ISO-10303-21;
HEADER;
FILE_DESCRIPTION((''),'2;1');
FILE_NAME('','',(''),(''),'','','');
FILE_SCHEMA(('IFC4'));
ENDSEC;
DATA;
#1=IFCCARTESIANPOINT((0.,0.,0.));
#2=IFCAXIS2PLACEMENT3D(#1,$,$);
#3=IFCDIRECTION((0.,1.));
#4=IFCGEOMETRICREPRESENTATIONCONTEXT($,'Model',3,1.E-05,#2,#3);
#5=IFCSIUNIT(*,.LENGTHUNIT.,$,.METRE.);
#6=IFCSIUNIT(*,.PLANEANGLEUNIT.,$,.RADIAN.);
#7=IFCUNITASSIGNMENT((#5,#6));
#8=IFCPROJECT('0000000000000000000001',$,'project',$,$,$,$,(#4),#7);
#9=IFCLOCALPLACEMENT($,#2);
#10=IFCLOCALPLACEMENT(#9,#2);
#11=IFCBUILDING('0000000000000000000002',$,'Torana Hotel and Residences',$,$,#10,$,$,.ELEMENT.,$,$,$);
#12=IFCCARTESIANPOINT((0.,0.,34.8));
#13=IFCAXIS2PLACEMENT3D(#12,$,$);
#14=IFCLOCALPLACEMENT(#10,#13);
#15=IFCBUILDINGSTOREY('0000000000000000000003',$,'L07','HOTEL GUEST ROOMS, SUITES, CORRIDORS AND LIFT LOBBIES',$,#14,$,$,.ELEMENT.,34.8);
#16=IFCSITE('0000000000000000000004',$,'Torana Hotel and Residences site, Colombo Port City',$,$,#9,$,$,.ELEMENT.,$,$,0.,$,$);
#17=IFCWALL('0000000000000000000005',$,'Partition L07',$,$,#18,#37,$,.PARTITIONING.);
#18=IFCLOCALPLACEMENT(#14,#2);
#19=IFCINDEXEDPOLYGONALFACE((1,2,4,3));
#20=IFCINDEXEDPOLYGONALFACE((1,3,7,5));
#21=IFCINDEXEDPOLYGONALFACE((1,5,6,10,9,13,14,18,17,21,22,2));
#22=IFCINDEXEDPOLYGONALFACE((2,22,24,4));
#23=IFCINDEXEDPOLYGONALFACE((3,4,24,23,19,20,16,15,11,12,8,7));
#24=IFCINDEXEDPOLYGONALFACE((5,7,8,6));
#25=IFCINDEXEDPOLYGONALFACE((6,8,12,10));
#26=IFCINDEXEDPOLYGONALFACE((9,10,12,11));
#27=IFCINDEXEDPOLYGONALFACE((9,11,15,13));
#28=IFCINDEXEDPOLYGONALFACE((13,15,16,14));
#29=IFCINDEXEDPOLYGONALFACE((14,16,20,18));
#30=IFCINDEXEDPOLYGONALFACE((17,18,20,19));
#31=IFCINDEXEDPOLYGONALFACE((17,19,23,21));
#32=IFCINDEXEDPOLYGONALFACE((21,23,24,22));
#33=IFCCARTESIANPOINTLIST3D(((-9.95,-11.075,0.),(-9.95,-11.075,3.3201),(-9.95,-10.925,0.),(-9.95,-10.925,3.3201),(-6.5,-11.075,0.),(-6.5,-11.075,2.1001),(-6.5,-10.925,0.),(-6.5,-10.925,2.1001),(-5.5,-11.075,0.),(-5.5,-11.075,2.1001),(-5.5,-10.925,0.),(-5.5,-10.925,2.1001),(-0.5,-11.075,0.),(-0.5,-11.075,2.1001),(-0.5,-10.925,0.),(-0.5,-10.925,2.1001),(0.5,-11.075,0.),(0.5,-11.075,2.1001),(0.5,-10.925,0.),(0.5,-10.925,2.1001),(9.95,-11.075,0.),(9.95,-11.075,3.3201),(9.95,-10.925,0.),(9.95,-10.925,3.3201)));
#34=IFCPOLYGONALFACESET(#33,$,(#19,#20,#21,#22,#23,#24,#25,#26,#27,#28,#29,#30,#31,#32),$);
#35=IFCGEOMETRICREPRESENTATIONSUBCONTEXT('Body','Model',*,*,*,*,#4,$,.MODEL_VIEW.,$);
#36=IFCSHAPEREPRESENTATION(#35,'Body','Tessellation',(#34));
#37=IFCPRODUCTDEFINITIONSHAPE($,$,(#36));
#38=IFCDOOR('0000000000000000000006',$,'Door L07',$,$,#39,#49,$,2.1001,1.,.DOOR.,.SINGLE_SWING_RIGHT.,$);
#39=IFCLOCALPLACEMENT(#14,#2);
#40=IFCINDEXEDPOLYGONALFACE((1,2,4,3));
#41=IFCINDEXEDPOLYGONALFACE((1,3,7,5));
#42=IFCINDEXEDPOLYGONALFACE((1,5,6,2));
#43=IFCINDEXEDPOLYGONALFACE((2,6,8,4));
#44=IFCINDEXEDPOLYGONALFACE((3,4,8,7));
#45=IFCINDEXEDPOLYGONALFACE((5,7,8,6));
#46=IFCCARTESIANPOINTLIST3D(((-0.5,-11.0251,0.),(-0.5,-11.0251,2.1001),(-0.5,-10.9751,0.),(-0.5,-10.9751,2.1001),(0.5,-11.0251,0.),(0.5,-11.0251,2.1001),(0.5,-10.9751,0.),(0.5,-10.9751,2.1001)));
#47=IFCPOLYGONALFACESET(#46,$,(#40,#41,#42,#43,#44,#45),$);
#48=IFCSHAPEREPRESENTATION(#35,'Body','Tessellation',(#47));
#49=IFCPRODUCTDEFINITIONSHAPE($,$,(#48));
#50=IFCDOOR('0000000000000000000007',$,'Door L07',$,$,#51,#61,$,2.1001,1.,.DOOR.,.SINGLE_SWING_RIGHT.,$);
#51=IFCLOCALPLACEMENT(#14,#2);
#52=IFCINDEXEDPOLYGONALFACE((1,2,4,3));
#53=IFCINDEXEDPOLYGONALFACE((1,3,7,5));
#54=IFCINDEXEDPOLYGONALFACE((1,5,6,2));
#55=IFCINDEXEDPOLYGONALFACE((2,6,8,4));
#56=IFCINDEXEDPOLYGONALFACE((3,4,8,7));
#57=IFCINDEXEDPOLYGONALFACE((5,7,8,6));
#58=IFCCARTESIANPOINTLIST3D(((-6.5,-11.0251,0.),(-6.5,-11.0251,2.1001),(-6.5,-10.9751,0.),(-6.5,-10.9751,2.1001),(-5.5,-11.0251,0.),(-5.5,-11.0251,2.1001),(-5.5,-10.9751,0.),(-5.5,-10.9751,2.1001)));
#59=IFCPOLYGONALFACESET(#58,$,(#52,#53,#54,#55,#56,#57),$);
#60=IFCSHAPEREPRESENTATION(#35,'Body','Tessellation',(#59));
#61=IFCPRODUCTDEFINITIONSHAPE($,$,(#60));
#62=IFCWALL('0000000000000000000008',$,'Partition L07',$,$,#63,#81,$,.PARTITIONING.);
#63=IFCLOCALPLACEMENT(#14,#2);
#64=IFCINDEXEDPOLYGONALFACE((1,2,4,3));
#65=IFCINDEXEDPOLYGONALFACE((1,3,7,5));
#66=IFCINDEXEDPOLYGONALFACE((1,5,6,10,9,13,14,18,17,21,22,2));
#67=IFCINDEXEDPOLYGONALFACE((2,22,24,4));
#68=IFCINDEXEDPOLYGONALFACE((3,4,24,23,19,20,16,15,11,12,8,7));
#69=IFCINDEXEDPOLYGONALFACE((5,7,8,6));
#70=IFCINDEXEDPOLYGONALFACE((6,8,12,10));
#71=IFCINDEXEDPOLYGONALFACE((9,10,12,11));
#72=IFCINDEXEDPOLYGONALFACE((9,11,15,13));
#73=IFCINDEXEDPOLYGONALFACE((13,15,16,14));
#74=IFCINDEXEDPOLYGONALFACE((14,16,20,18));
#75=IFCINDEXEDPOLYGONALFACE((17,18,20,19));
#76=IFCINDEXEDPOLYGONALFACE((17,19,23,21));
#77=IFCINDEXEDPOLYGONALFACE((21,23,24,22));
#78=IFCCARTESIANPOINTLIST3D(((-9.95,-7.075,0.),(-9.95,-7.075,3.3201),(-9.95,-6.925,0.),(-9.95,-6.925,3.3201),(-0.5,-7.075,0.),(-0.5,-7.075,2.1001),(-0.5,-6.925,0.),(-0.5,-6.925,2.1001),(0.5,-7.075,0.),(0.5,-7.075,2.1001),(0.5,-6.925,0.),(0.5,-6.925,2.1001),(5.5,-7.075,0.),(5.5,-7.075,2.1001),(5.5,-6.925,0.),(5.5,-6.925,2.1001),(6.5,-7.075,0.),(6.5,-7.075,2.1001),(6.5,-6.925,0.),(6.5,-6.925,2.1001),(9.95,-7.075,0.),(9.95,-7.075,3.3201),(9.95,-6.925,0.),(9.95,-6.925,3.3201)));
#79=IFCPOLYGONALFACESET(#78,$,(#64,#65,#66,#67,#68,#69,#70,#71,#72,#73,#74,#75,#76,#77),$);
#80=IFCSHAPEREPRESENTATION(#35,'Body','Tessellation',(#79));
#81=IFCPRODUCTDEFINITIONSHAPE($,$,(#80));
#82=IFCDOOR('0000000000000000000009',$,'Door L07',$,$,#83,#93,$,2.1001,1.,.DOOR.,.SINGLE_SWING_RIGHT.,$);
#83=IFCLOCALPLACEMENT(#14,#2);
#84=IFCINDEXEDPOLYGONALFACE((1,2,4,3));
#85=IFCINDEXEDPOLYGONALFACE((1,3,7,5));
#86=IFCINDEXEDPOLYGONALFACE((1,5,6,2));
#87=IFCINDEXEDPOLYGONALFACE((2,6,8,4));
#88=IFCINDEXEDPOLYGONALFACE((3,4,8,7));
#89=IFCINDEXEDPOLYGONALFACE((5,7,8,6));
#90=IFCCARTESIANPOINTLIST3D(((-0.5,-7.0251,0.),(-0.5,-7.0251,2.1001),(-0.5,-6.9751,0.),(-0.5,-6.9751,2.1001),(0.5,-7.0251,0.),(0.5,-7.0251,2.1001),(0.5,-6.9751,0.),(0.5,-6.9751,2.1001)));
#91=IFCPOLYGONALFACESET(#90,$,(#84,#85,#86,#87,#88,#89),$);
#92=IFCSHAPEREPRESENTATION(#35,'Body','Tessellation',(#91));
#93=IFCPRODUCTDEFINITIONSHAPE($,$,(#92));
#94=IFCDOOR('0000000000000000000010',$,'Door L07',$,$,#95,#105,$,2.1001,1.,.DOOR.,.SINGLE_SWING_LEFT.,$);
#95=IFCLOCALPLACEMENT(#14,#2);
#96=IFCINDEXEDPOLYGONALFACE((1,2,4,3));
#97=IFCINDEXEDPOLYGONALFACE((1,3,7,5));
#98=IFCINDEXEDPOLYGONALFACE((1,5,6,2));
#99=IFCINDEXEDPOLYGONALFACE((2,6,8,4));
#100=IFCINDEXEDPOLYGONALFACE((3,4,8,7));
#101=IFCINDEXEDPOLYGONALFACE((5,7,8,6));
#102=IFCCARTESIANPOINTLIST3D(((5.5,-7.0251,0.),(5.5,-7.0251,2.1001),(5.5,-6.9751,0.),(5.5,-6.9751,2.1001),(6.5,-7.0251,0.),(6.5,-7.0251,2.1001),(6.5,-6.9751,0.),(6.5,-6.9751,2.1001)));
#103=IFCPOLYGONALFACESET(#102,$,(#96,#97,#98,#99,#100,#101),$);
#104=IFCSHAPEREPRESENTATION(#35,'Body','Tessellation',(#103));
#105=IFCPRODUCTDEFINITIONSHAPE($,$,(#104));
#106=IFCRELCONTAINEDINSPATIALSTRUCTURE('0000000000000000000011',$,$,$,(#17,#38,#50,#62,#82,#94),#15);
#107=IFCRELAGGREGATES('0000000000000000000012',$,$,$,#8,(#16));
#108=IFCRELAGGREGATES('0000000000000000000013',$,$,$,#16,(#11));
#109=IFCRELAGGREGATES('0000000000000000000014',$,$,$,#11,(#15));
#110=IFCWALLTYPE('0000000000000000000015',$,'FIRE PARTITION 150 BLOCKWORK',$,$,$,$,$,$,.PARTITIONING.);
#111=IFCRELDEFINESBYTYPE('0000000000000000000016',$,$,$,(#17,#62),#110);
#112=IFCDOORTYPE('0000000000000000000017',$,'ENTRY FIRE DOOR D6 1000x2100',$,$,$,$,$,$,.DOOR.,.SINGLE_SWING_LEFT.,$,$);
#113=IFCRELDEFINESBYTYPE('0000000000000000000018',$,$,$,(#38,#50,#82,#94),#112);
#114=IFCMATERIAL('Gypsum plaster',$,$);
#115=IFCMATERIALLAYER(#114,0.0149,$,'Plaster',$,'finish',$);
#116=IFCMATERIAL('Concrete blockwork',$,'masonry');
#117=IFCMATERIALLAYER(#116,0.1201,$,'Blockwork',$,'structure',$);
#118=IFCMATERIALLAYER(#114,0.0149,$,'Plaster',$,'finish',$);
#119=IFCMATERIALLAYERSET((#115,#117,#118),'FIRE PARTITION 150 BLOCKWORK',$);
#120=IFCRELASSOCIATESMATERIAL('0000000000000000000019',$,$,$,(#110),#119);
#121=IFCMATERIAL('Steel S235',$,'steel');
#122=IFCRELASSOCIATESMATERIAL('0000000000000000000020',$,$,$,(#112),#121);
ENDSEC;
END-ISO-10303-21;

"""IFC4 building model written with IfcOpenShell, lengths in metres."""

from ifc_helpers import new_model, si_unit, direction, frame, frame_2d, origin, place, context, subcontext, project, spatial, rectangle, extrude, material, layer, layer_set, type_object, element, fill, save


model = new_model("IFC4")

# Units and contexts
model_context = context("Model", 3, precision=1e-05, world=origin(), true_north=direction((0.0, 1.0)))
body_context = subcontext(model_context, "Body", "Model", "MODEL_VIEW")
ifc_project = project(units=[si_unit("LENGTHUNIT", "METRE"), si_unit("PLANEANGLEUNIT", "RADIAN")], contexts=[model_context])

# Site, building, storey
site_placement = place(None, origin())
site = spatial("IfcSite", under=ifc_project, at=site_placement, Name="Torana Hotel and Residences site, Colombo Port City", CompositionType="ELEMENT", RefElevation=0.0)
building_placement = place(site_placement, origin())
building = spatial("IfcBuilding", under=site, at=building_placement, Name="Torana Hotel and Residences", CompositionType="ELEMENT")
storey_placement = place(building_placement, frame((0.0, 0.0, 34.8)))
storey = spatial("IfcBuildingStorey", under=building, at=storey_placement, Name="L07", Description="HOTEL GUEST ROOMS, SUITES, CORRIDORS AND LIFT LOBBIES", CompositionType="ELEMENT", Elevation=34.8)

# Shared definitions
ifc_material_1 = material(Name="Gypsum plaster")
ifc_layer_1 = layer(ifc_material_1, 0.0149, Name="Plaster", Category="finish")
ifc_material_2 = material(Name="Concrete blockwork", Category="masonry")
ifc_layer_2 = layer(ifc_material_2, 0.1201, Name="Blockwork", Category="structure")
ifc_layer_3 = layer(ifc_material_1, 0.0149, Name="Plaster", Category="finish")
ifc_layer_set_1 = layer_set([ifc_layer_1, ifc_layer_2, ifc_layer_3], Name="FIRE PARTITION 150 BLOCKWORK")
wall_type_1 = type_object("IfcWallType", Name="FIRE PARTITION 150 BLOCKWORK", PredefinedType="PARTITIONING", material=ifc_layer_set_1)

# Walls, openings, doors
wall_1_placement = place(storey_placement, frame((-9.95, -11.0, 0.0), z_axis=(0.0, 0.0, 1.0), x_axis=(1.0, 0.0, 0.0)))
wall_1 = element("IfcWall", 1, at=wall_1_placement, inside=storey, type_object=wall_type_1, Name="Partition L07", PredefinedType="PARTITIONING", context=body_context, shape_type="SweptSolid", body=[
    extrude(rectangle(XDim=19.8999, YDim=0.1499, at=frame_2d((9.95, 0.0))), origin(), (0.0, 0.0, 1.0), 3.3201),
])
opening_1_placement = place(wall_1_placement, frame((9.45, 0.0, 0.0)))
opening_1 = element("IfcOpeningElement", 2, at=opening_1_placement, cuts=wall_1, PredefinedType="OPENING", context=body_context, shape_type="SweptSolid", body=[
    extrude(rectangle(XDim=1.0, YDim=2.1001, at=frame_2d((0.5, 1.05))), frame((0.0, 0.085, 0.0), z_axis=(0.0, -1.0, 0.0), x_axis=(1.0, 0.0, 0.0)), (0.0, 0.0, 1.0), 0.1699),
])
opening_2_placement = place(wall_1_placement, frame((3.45, 0.0, 0.0)))
opening_2 = element("IfcOpeningElement", 3, at=opening_2_placement, cuts=wall_1, PredefinedType="OPENING", context=body_context, shape_type="SweptSolid", body=[
    extrude(rectangle(XDim=1.0, YDim=2.1001, at=frame_2d((0.5, 1.05))), frame((0.0, 0.085, 0.0), z_axis=(0.0, -1.0, 0.0), x_axis=(1.0, 0.0, 0.0)), (0.0, 0.0, 1.0), 0.1699),
])
ifc_material_3 = material(Name="Steel S235", Category="steel")
door_type = type_object("IfcDoorType", Name="ENTRY FIRE DOOR D6 1000x2100", OperationType="SINGLE_SWING_LEFT", PredefinedType="DOOR", material=ifc_material_3)
door_1_placement = place(opening_1_placement, origin())
door_1 = element("IfcDoor", 4, at=door_1_placement, inside=storey, type_object=door_type, Name="Door L07", OperationType="SINGLE_SWING_RIGHT", OverallHeight=2.1001, OverallWidth=1.0, PredefinedType="DOOR", context=body_context, shape_type="SweptSolid", body=[
    extrude(rectangle(XDim=1.0, YDim=2.1001, at=frame_2d((0.5, 1.05))), frame((0.0, 0.0249, 0.0), z_axis=(0.0, -1.0, 0.0), x_axis=(1.0, 0.0, 0.0)), (0.0, 0.0, 1.0), 0.05),
])
fill(opening_1, door_1)
door_2_placement = place(opening_2_placement, origin())
door_2 = element("IfcDoor", 5, at=door_2_placement, inside=storey, type_object=door_type, Name="Door L07", OperationType="SINGLE_SWING_RIGHT", OverallHeight=2.1001, OverallWidth=1.0, PredefinedType="DOOR", context=body_context, shape_type="SweptSolid", body=[
    extrude(rectangle(XDim=1.0, YDim=2.1001, at=frame_2d((0.5, 1.05))), frame((0.0, 0.0249, 0.0), z_axis=(0.0, -1.0, 0.0), x_axis=(1.0, 0.0, 0.0)), (0.0, 0.0, 1.0), 0.05),
])
fill(opening_2, door_2)
wall_2_placement = place(storey_placement, frame((-9.95, -7.0, 0.0), z_axis=(0.0, 0.0, 1.0), x_axis=(1.0, 0.0, 0.0)))
wall_2 = element("IfcWall", 6, at=wall_2_placement, inside=storey, type_object=wall_type_1, Name="Partition L07", PredefinedType="PARTITIONING", context=body_context, shape_type="SweptSolid", body=[
    extrude(rectangle(XDim=19.8999, YDim=0.1499, at=frame_2d((9.95, 0.0))), origin(), (0.0, 0.0, 1.0), 3.3201),
])
opening_3_placement = place(wall_2_placement, frame((9.45, 0.0, 0.0)))
opening_3 = element("IfcOpeningElement", 7, at=opening_3_placement, cuts=wall_2, PredefinedType="OPENING", context=body_context, shape_type="SweptSolid", body=[
    extrude(rectangle(XDim=1.0, YDim=2.1001, at=frame_2d((0.5, 1.05))), frame((0.0, 0.085, 0.0), z_axis=(0.0, -1.0, 0.0), x_axis=(1.0, 0.0, 0.0)), (0.0, 0.0, 1.0), 0.1699),
])
opening_4_placement = place(wall_2_placement, frame((15.45, 0.0, 0.0)))
opening_4 = element("IfcOpeningElement", 8, at=opening_4_placement, cuts=wall_2, PredefinedType="OPENING", context=body_context, shape_type="SweptSolid", body=[
    extrude(rectangle(XDim=1.0, YDim=2.1001, at=frame_2d((0.5, 1.05))), frame((0.0, 0.085, 0.0), z_axis=(0.0, -1.0, 0.0), x_axis=(1.0, 0.0, 0.0)), (0.0, 0.0, 1.0), 0.1699),
])
door_3_placement = place(opening_3_placement, origin())
door_3 = element("IfcDoor", 9, at=door_3_placement, inside=storey, type_object=door_type, Name="Door L07", OperationType="SINGLE_SWING_RIGHT", OverallHeight=2.1001, OverallWidth=1.0, PredefinedType="DOOR", context=body_context, shape_type="SweptSolid", body=[
    extrude(rectangle(XDim=1.0, YDim=2.1001, at=frame_2d((0.5, 1.05))), frame((0.0, 0.0249, 0.0), z_axis=(0.0, -1.0, 0.0), x_axis=(1.0, 0.0, 0.0)), (0.0, 0.0, 1.0), 0.05),
])
fill(opening_3, door_3)
door_4_placement = place(opening_4_placement, frame((0.5, 0.0, 0.0), z_axis=(0.0, 0.0, 1.0), x_axis=(-1.0, 0.0, 0.0)))
door_4 = element("IfcDoor", 10, at=door_4_placement, inside=storey, type_object=door_type, Name="Door L07", OperationType="SINGLE_SWING_LEFT", OverallHeight=2.1001, OverallWidth=1.0, PredefinedType="DOOR", context=body_context, shape_type="SweptSolid", body=[
    extrude(rectangle(XDim=1.0, YDim=2.1001, at=frame_2d((0.0, 1.05))), frame((0.0, -0.0249, 0.0), z_axis=(0.0, 1.0, 0.0), x_axis=(-1.0, 0.0, 0.0)), (0.0, 0.0, 1.0), 0.05),
])
fill(opening_4, door_4)

save(model, "model.ifc")
